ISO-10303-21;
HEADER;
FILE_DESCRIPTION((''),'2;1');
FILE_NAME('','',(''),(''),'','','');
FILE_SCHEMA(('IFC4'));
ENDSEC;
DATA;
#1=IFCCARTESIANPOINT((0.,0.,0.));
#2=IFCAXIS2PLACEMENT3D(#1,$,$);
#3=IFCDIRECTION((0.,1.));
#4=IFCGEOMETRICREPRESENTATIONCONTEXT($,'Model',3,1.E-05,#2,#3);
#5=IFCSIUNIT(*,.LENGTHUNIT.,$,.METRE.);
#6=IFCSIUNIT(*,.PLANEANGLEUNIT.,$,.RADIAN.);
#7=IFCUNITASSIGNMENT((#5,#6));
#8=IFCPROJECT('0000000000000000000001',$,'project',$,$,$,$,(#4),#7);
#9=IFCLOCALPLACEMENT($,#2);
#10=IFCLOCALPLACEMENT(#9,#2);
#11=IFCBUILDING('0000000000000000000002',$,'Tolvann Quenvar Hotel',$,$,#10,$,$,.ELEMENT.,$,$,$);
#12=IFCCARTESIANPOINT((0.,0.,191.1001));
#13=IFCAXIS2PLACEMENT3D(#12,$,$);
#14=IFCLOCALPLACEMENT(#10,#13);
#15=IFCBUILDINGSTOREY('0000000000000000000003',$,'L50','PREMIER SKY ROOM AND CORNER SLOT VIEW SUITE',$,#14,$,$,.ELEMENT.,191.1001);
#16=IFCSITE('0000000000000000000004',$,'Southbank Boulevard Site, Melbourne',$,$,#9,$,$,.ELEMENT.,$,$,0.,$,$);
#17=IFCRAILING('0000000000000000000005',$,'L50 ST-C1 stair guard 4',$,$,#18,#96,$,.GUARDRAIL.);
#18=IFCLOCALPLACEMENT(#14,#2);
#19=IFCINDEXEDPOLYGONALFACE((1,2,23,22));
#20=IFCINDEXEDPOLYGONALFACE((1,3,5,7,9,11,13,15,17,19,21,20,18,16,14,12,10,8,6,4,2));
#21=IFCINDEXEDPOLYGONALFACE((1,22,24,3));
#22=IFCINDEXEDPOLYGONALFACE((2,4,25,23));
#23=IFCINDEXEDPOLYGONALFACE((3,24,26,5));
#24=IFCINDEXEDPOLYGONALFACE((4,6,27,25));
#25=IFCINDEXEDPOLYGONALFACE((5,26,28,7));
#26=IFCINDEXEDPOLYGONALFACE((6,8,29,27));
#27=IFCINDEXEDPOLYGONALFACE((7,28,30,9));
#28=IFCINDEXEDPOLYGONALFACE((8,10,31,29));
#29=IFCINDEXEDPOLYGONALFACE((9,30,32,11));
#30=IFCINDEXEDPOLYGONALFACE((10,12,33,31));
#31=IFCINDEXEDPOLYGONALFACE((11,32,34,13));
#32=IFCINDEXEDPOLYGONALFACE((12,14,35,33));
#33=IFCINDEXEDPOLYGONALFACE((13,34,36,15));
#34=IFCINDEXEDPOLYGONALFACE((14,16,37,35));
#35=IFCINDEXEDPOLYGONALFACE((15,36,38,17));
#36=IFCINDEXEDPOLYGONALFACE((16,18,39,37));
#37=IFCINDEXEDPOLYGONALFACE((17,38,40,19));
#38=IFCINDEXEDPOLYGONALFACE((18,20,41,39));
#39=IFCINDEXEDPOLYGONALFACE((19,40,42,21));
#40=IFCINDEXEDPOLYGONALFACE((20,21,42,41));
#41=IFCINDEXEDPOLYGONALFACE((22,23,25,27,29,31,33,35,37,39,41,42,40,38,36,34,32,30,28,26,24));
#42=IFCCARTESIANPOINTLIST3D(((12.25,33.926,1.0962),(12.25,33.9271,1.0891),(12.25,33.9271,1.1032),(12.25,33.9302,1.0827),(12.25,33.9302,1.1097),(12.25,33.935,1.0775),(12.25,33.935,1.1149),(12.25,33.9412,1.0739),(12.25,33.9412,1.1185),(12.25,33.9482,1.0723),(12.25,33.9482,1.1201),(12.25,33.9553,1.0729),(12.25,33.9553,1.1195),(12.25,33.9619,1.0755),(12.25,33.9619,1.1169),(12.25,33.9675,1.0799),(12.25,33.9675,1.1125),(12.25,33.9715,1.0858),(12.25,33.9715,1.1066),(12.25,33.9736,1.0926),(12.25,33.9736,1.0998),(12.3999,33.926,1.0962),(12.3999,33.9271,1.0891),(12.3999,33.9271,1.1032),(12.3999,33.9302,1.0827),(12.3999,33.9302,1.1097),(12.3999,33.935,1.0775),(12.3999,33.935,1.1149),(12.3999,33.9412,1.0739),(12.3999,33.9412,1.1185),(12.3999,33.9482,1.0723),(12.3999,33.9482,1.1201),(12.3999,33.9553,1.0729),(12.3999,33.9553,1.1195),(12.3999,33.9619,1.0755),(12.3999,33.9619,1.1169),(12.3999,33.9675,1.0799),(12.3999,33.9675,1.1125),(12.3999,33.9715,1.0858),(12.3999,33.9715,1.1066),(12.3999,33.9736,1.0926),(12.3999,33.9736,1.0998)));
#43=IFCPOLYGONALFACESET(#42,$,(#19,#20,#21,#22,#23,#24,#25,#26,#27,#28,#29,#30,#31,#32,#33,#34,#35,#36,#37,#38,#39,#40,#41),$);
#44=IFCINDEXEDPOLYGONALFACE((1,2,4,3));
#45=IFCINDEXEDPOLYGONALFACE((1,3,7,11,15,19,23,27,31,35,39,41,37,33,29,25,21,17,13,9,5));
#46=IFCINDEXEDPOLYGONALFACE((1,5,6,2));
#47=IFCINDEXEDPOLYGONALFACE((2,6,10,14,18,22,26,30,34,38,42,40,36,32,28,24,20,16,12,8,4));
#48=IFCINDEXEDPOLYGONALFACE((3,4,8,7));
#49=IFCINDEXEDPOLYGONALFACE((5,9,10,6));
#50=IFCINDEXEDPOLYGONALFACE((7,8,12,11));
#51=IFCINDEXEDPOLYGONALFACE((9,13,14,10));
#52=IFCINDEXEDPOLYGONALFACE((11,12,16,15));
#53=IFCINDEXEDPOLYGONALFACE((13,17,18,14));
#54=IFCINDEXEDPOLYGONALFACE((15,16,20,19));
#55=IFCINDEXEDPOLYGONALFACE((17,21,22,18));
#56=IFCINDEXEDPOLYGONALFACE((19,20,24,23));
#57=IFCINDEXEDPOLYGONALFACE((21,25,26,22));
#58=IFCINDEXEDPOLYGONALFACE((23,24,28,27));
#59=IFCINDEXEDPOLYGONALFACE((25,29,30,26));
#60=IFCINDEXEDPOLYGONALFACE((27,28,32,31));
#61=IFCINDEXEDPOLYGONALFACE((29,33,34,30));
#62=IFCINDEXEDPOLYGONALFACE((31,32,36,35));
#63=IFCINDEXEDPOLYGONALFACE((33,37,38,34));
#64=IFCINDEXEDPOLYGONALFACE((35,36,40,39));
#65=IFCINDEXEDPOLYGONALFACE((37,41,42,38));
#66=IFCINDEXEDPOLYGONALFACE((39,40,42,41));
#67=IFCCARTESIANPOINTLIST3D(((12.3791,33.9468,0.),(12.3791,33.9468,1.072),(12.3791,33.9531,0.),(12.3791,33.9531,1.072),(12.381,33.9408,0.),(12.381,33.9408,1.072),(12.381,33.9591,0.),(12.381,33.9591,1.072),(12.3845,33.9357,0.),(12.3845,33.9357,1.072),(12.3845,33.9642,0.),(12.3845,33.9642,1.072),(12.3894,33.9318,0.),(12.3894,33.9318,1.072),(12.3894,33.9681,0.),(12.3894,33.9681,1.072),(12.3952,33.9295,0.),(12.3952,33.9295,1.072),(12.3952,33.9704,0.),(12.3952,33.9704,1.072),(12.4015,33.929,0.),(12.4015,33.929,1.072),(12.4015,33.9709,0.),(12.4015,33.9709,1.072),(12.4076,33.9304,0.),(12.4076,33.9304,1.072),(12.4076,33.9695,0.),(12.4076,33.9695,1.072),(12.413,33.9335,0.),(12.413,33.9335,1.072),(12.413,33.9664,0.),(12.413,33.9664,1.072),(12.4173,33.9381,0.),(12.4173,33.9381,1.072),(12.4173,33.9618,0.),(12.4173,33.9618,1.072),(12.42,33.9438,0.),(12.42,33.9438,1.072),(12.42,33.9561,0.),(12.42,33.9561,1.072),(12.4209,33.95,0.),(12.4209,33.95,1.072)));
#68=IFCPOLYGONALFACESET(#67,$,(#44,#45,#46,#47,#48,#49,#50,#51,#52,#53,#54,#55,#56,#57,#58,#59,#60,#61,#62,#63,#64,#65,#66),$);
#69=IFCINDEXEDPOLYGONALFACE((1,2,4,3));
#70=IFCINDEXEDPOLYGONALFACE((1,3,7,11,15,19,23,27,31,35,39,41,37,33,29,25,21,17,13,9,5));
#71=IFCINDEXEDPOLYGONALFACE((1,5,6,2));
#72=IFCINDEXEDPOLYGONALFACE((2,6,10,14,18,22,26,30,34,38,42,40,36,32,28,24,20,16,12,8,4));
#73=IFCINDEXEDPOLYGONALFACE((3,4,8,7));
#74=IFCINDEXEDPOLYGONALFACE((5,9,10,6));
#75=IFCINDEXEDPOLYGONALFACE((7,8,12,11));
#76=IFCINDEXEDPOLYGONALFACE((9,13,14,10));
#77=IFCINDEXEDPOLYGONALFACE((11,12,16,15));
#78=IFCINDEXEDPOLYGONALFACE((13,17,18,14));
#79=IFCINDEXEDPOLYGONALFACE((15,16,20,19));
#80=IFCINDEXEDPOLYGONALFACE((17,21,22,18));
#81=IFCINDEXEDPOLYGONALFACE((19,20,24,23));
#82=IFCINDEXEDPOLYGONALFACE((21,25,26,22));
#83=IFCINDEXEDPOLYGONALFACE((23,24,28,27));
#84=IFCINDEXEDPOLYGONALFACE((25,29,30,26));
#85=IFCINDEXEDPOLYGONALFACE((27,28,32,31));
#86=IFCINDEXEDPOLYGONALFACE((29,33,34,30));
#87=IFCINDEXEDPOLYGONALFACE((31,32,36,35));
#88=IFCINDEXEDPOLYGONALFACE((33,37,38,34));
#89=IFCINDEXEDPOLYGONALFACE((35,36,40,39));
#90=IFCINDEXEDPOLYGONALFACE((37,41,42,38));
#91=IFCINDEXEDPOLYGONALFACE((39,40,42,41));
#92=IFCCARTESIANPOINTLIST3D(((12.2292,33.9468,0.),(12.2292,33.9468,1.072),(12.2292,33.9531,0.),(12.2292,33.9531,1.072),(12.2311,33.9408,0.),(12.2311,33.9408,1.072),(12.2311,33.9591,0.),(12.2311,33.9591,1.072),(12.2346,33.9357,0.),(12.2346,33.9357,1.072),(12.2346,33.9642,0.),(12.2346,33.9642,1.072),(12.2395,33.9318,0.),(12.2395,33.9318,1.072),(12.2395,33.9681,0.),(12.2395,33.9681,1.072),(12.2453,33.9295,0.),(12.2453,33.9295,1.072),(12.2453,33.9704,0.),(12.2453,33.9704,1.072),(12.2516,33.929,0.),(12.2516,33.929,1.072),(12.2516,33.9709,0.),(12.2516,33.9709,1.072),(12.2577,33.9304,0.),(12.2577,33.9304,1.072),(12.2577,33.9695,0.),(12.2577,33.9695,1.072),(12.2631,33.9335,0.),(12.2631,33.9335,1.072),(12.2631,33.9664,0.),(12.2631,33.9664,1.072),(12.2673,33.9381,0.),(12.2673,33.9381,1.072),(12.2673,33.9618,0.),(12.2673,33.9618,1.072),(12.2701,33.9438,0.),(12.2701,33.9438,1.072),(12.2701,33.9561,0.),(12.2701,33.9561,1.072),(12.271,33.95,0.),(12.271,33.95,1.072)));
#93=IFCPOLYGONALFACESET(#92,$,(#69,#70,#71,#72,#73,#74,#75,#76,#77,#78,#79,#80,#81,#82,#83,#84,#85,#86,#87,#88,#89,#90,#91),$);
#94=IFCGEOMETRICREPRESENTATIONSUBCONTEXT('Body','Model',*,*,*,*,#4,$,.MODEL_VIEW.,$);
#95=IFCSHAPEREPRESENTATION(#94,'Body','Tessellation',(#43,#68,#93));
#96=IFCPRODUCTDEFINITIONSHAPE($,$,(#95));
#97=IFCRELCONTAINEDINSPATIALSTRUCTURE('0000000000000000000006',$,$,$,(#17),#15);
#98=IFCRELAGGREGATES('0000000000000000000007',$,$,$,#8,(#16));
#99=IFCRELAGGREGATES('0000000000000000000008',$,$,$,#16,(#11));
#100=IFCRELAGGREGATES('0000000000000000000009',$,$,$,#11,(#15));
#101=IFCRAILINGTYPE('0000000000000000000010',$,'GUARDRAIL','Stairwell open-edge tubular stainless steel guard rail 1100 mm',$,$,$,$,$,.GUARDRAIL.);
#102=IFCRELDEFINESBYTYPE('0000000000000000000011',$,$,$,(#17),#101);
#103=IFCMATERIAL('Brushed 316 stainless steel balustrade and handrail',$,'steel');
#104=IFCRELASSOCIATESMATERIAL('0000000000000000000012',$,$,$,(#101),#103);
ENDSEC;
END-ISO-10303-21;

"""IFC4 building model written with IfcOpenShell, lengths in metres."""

from ifc_helpers import new_model, si_unit, direction, frame, origin, origin_2d, place, context, subcontext, project, spatial, circle, extrude, material, type_object, element, save


model = new_model("IFC4")

# Units and contexts
model_context = context("Model", 3, precision=1e-05, world=origin(), true_north=direction((0.0, 1.0)))
body_context = subcontext(model_context, "Body", "Model", "MODEL_VIEW")
ifc_project = project(units=[si_unit("LENGTHUNIT", "METRE"), si_unit("PLANEANGLEUNIT", "RADIAN")], contexts=[model_context])

# Site, building, storey
site_placement = place(None, origin())
site = spatial("IfcSite", under=ifc_project, at=site_placement, Name="Southbank Boulevard Site, Melbourne", CompositionType="ELEMENT", RefElevation=0.0)
building_placement = place(site_placement, origin())
building = spatial("IfcBuilding", under=site, at=building_placement, Name="Tolvann Quenvar Hotel", CompositionType="ELEMENT")
storey_placement = place(building_placement, frame((0.0, 0.0, 191.1001)))
storey = spatial("IfcBuildingStorey", under=building, at=storey_placement, Name="L50", Description="PREMIER SKY ROOM AND CORNER SLOT VIEW SUITE", CompositionType="ELEMENT", Elevation=191.1001)

# Railing
ifc_material_1 = material(Name="Brushed 316 stainless steel balustrade and handrail", Category="steel")
railing_type_1 = type_object("IfcRailingType", Name="GUARDRAIL", Description="Stairwell open-edge tubular stainless steel guard rail 1100 mm", PredefinedType="GUARDRAIL", material=ifc_material_1)
railing_1_placement = place(storey_placement, frame((12.3999, 33.95, 0.0)))
element("IfcRailing", 1, at=railing_1_placement, inside=storey, type_object=railing_type_1, Name="L50 ST-C1 stair guard 4", PredefinedType="GUARDRAIL", context=body_context, shape_type="SweptSolid", body=[
    extrude(circle(Radius=0.0239, at=origin_2d()), frame((0.0, 0.0, 1.0962), z_axis=(-1.0, 0.0, 0.0), x_axis=(0.0, -1.0, 0.0)), (0.0, 0.0, 1.0), 0.1499),
    extrude(circle(Radius=0.021, at=origin_2d()), origin(), (0.0, 0.0, 1.0), 1.072),
    extrude(circle(Radius=0.021, at=origin_2d()), frame((-0.1499, 0.0, 0.0)), (0.0, 0.0, 1.0), 1.072),
])

save(model, "model.ifc")
